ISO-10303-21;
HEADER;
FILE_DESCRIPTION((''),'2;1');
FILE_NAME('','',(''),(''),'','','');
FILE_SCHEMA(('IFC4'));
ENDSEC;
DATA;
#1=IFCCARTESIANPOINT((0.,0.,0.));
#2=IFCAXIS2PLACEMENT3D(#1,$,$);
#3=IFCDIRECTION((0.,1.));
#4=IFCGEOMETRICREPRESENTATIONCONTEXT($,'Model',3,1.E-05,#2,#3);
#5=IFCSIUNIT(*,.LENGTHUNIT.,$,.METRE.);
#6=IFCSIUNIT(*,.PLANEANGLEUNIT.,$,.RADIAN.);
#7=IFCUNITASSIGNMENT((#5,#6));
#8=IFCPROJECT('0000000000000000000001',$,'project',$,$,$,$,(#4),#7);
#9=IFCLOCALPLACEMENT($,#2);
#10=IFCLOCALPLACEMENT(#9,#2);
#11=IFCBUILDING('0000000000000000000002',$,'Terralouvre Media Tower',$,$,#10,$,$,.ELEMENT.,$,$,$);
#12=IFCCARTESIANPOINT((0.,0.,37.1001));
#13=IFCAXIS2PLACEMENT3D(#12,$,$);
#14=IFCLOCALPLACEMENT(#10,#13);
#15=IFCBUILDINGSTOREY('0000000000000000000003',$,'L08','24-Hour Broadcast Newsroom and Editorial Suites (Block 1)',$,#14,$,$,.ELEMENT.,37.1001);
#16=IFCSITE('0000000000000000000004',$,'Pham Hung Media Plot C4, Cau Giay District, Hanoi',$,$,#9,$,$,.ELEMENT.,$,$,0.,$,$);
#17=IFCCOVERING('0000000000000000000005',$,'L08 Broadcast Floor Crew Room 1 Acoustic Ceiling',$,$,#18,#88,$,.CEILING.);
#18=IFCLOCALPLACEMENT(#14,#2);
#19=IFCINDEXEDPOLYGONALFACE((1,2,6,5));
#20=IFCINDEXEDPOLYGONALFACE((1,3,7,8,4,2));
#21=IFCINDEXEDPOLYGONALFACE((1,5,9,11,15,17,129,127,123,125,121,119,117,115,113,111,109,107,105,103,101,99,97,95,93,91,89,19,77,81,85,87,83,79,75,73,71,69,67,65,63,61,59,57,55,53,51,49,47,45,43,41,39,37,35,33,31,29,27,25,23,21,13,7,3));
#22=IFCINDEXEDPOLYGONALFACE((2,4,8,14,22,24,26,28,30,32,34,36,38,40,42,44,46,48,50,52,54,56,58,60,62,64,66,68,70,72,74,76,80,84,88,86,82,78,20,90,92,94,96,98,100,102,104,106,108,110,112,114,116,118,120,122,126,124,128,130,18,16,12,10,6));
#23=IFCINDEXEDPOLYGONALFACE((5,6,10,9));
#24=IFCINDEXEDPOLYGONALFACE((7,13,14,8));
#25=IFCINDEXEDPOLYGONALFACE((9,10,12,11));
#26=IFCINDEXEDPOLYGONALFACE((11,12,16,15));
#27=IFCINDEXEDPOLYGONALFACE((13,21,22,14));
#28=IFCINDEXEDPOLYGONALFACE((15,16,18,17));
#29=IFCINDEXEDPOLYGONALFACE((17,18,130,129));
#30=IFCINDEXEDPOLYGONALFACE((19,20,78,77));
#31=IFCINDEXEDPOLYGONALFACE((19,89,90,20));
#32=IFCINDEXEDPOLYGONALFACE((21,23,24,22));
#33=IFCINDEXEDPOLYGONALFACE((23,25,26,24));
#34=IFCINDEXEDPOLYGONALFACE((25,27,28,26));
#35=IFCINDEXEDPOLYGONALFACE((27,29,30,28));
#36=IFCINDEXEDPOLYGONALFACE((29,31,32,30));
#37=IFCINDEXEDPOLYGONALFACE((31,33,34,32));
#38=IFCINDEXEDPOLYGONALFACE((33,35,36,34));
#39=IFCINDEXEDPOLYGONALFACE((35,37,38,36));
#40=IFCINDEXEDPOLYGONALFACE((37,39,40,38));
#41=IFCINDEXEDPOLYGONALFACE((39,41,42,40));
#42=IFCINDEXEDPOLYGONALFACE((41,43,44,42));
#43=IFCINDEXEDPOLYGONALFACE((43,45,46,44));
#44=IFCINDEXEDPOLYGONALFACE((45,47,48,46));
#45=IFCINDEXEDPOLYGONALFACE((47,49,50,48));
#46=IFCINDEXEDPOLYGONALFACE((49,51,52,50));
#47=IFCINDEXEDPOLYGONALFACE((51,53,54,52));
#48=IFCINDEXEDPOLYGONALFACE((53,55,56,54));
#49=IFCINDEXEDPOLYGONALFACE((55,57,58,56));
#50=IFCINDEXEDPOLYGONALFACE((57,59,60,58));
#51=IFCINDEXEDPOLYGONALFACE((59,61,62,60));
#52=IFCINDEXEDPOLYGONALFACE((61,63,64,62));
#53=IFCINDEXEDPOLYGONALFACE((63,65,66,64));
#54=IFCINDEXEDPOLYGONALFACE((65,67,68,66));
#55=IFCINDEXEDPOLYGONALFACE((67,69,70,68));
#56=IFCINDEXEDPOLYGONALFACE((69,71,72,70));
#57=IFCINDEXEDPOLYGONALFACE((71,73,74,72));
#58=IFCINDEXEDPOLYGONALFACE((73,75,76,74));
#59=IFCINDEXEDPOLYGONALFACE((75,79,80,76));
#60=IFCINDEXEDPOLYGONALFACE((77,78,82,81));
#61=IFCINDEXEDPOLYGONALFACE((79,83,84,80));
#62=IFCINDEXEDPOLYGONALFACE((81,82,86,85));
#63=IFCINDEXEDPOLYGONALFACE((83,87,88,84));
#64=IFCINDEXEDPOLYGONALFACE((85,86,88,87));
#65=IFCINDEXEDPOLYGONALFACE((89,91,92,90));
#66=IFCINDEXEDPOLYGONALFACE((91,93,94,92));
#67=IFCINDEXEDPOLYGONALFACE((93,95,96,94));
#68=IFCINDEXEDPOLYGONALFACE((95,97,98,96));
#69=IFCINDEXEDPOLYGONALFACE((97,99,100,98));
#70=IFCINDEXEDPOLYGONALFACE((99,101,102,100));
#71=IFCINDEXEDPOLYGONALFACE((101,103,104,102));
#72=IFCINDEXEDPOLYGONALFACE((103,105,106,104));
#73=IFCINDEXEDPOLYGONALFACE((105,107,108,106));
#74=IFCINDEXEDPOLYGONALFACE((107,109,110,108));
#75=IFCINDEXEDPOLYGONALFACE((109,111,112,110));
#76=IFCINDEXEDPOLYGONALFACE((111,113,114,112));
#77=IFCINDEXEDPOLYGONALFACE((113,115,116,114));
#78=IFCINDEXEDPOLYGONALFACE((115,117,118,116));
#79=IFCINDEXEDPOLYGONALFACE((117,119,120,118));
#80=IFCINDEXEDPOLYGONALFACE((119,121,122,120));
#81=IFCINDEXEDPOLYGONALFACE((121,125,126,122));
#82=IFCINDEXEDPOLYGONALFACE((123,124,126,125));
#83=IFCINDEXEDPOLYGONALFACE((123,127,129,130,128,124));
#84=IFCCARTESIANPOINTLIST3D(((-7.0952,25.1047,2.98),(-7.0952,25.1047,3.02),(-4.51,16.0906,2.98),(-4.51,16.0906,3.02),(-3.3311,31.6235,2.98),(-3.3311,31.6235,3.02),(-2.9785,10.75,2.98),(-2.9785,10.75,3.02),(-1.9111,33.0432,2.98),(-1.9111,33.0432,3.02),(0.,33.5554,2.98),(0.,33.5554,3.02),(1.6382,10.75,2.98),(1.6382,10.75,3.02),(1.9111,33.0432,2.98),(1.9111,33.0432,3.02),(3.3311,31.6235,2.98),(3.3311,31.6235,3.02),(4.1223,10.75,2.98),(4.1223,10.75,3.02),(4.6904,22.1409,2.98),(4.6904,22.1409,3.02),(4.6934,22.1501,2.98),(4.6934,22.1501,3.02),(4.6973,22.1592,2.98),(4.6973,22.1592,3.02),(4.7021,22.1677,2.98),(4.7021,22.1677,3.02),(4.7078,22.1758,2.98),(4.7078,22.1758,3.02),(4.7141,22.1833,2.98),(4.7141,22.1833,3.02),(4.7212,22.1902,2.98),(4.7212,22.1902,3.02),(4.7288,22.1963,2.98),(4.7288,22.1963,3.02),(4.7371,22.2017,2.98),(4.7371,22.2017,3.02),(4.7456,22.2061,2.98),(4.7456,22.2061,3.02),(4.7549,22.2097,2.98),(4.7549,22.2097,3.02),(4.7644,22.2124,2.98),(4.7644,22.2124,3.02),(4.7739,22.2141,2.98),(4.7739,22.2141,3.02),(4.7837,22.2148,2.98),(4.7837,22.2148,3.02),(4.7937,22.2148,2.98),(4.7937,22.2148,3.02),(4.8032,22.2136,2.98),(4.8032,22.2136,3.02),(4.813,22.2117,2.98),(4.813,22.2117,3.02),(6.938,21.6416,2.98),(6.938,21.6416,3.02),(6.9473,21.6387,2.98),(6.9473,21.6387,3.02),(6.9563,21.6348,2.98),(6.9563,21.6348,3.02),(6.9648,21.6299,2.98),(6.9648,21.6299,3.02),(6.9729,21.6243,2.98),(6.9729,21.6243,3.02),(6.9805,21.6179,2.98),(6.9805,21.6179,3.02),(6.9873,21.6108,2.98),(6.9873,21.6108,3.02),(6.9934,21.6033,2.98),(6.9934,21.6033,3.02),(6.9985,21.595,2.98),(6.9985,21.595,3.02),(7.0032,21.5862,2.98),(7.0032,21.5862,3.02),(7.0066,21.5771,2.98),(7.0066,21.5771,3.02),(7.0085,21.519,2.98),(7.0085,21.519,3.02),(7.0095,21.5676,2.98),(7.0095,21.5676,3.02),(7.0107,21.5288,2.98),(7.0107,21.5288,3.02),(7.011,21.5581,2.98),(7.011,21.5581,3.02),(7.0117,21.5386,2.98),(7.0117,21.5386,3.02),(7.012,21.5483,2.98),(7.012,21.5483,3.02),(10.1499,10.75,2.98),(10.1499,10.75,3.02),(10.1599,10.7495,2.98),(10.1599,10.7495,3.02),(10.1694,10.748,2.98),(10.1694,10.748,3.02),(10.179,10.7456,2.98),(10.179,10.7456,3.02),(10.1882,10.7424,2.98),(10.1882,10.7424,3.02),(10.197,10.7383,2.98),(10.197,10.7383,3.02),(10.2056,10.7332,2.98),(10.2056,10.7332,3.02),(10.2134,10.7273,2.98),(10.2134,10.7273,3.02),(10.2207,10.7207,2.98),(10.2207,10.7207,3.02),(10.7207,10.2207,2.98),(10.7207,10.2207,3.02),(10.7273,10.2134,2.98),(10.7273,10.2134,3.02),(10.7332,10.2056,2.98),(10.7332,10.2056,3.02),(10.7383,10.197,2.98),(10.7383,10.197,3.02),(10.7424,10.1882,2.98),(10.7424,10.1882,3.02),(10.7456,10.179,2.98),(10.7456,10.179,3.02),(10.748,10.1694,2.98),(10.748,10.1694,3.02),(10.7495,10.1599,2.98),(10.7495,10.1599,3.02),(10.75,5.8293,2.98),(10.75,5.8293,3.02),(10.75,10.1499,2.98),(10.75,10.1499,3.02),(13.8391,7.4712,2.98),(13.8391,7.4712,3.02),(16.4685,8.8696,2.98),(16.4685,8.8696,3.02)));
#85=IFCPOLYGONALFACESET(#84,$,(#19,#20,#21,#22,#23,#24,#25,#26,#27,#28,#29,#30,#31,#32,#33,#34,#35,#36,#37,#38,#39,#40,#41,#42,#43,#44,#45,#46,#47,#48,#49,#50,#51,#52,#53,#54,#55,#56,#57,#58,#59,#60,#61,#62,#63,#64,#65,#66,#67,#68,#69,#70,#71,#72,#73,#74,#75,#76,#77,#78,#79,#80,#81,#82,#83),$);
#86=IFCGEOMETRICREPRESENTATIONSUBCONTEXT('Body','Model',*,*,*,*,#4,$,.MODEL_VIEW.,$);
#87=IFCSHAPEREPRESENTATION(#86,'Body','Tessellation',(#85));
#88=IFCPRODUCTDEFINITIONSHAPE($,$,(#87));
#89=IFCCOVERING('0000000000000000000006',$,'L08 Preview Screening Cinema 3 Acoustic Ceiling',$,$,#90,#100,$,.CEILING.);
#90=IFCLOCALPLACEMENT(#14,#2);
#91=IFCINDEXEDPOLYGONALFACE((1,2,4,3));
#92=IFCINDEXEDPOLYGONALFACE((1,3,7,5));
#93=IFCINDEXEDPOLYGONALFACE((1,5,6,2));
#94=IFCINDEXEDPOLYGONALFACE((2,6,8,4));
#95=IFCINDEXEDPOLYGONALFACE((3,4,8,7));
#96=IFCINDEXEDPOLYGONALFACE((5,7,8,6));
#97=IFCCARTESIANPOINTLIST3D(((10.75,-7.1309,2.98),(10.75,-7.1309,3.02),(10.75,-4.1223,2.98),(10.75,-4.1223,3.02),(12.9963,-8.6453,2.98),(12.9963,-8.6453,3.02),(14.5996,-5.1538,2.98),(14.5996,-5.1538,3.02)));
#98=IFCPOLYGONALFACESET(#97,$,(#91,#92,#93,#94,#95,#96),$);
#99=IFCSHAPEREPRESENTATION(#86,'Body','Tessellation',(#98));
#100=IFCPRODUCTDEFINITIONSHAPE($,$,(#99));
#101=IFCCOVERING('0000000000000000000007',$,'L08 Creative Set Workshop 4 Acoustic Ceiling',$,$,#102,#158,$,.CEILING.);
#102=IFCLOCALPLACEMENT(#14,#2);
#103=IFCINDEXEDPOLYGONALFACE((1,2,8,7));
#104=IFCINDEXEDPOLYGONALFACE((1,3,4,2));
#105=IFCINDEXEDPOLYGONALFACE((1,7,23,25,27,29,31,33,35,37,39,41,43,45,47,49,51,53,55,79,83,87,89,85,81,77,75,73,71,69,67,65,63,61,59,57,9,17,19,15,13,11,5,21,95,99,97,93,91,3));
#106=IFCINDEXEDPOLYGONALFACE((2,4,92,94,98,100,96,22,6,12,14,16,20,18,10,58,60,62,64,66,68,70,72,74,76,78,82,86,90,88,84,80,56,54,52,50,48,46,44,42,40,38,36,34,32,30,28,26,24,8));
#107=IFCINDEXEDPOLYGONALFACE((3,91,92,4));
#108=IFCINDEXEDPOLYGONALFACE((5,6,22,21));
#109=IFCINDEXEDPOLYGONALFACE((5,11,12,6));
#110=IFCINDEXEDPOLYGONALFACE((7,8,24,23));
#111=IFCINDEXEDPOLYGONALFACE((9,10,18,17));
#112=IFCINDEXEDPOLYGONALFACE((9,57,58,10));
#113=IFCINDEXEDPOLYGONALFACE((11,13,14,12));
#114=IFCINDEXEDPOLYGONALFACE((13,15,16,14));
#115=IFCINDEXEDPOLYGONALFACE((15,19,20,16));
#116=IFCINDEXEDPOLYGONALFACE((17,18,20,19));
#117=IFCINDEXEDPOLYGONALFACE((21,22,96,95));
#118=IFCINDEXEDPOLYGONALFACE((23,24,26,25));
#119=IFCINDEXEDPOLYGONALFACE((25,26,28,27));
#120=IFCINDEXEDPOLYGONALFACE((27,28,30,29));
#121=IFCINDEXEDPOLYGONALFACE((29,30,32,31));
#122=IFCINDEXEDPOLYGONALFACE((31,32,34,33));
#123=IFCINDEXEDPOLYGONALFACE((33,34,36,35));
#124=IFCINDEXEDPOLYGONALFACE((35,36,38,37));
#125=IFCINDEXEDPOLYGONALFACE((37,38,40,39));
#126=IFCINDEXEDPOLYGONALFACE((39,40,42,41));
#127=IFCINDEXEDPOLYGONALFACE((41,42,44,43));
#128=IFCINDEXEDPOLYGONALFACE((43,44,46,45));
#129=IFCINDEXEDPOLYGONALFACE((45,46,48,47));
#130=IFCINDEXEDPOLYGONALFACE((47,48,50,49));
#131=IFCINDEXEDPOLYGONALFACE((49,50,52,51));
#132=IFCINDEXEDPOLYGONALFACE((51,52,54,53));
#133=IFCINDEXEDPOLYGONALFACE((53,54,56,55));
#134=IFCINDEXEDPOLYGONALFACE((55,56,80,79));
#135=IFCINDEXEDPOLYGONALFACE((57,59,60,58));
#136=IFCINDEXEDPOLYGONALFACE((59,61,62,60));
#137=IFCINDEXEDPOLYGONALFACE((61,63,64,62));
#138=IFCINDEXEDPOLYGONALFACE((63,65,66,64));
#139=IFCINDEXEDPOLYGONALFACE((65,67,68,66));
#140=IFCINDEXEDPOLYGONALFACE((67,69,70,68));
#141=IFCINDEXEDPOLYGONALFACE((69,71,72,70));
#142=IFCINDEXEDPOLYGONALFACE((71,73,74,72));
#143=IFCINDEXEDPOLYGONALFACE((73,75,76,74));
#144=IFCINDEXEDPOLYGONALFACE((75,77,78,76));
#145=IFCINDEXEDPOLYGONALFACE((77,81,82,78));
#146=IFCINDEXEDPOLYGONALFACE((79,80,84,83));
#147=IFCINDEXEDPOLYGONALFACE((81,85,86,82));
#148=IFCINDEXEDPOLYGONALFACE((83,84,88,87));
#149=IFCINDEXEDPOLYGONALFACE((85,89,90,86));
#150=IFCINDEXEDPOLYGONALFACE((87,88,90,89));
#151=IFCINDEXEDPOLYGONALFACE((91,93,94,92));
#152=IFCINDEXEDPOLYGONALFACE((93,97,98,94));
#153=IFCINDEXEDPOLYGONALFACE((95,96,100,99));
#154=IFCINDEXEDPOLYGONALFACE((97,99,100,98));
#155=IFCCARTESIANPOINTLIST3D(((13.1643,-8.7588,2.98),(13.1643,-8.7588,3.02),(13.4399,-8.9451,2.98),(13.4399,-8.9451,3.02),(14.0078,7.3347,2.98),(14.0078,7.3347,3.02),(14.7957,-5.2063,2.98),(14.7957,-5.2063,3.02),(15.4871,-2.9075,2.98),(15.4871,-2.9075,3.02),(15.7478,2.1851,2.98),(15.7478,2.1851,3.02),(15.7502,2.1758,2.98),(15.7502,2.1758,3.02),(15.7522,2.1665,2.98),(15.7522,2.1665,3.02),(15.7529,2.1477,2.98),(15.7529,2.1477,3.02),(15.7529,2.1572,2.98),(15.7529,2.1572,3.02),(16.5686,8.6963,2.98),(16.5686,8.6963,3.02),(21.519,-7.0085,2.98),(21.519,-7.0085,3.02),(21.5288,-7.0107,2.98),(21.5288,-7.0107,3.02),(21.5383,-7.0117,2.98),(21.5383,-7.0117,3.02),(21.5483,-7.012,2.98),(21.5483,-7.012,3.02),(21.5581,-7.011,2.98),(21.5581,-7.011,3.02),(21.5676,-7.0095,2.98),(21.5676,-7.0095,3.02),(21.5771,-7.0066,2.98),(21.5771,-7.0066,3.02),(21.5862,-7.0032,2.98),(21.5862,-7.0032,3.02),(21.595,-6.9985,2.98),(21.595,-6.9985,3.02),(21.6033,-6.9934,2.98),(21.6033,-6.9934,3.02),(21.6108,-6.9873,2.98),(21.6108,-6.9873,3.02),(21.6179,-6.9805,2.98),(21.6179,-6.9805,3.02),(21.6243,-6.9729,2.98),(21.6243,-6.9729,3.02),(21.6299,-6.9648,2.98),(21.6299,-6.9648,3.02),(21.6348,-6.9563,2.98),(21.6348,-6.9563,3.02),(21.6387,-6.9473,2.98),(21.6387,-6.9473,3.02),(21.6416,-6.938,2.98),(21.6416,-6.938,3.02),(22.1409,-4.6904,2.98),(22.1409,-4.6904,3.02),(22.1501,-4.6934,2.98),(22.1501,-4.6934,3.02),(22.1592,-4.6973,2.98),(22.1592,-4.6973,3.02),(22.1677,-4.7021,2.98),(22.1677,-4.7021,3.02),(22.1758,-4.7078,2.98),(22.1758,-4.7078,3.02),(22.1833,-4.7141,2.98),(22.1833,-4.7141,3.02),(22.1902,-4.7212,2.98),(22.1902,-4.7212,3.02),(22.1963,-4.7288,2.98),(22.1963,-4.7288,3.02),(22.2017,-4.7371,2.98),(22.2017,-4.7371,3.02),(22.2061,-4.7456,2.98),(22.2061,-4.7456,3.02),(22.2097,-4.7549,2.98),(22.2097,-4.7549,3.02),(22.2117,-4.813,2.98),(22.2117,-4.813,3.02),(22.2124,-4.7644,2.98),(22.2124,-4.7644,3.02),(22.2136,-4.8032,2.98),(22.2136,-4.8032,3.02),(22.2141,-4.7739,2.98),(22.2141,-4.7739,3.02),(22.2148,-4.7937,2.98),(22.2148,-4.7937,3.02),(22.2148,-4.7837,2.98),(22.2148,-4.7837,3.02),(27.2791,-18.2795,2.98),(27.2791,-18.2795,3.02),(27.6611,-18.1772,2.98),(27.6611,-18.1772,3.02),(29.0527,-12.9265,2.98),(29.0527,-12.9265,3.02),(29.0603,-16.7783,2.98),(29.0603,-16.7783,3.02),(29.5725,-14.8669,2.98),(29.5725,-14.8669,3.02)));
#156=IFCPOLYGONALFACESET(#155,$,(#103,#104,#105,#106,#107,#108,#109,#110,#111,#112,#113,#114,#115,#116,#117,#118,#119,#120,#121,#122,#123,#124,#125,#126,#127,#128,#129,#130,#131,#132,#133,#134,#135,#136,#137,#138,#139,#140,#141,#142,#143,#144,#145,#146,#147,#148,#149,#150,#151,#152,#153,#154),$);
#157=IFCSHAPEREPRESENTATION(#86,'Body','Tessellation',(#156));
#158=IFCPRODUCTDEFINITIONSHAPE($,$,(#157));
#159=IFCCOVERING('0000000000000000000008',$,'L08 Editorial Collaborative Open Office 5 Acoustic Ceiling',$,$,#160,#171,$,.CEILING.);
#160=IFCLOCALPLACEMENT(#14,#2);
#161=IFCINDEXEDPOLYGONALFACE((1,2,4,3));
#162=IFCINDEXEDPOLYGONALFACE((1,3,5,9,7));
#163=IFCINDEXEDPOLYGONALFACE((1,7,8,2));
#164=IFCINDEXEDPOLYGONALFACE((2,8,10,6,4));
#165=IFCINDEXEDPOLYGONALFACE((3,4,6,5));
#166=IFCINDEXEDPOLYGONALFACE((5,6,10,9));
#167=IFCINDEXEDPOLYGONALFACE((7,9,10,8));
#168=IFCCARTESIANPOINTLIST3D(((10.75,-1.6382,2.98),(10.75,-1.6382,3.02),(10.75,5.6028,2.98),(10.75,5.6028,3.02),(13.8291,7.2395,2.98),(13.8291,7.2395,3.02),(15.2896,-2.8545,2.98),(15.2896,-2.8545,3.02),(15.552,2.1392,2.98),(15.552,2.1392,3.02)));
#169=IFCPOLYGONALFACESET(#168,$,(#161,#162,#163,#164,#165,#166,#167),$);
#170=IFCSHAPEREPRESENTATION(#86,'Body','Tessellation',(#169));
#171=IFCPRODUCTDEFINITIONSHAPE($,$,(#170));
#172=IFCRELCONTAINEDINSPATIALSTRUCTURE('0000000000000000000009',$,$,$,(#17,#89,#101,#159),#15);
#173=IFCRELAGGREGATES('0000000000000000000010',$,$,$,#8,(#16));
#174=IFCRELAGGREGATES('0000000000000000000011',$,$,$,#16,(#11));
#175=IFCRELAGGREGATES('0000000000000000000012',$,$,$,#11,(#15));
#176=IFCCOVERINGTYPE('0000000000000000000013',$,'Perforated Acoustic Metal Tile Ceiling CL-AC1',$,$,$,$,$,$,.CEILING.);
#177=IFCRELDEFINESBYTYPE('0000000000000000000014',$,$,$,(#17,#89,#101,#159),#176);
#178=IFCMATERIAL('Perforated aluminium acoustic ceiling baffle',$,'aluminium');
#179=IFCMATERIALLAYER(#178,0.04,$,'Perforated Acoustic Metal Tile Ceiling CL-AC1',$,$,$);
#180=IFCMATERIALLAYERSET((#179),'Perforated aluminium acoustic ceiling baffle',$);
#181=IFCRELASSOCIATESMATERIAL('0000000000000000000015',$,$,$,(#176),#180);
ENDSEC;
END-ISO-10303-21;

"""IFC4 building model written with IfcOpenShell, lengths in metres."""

from ifc_helpers import new_model, si_unit, direction, frame, origin, place, context, subcontext, project, spatial, polyline, outline, extrude, material, layer, layer_set, type_object, element, save


model = new_model("IFC4")

# Units and contexts
model_context = context("Model", 3, precision=1e-05, world=origin(), true_north=direction((0.0, 1.0)))
body_context = subcontext(model_context, "Body", "Model", "MODEL_VIEW")
ifc_project = project(units=[si_unit("LENGTHUNIT", "METRE"), si_unit("PLANEANGLEUNIT", "RADIAN")], contexts=[model_context])

# Site, building, storey
site_placement = place(None, origin())
site = spatial("IfcSite", under=ifc_project, at=site_placement, Name="Pham Hung Media Plot C4, Cau Giay District, Hanoi", CompositionType="ELEMENT", RefElevation=0.0)
building_placement = place(site_placement, origin())
building = spatial("IfcBuilding", under=site, at=building_placement, Name="Terralouvre Media Tower", CompositionType="ELEMENT")
storey_placement = place(building_placement, frame((0.0, 0.0, 37.1001)))
storey = spatial("IfcBuildingStorey", under=building, at=storey_placement, Name="L08", Description="24-Hour Broadcast Newsroom and Editorial Suites (Block 1)", CompositionType="ELEMENT", Elevation=37.1001)

# Coverings
ifc_material_1 = material(Name="Perforated aluminium acoustic ceiling baffle", Category="aluminium")
ifc_layer_1 = layer(ifc_material_1, 0.04, Name="Perforated Acoustic Metal Tile Ceiling CL-AC1")
ifc_layer_set_1 = layer_set([ifc_layer_1], Name="Perforated aluminium acoustic ceiling baffle")
covering_type_1 = type_object("IfcCoveringType", Name="Perforated Acoustic Metal Tile Ceiling CL-AC1", PredefinedType="CEILING", material=ifc_layer_set_1)
covering_1_placement = place(storey_placement, frame((0.0, 0.0, 2.98)))
element("IfcCovering", 1, at=covering_1_placement, inside=storey, type_object=covering_type_1, Name="L08 Broadcast Floor Crew Room 1 Acoustic Ceiling", PredefinedType="CEILING", context=body_context, shape_type="SweptSolid", body=[
    extrude(outline(polyline([(-4.51, 16.0906), (-2.9785, 10.75), (1.6382, 10.75), (4.6904, 22.1409), (4.6934, 22.1501), (4.6973, 22.1592), (4.7021, 22.1677), (4.7078, 22.1758), (4.7141, 22.1833), (4.7212, 22.1902), (4.7288, 22.1963), (4.7371, 22.2017), (4.7456, 22.2061), (4.7549, 22.2097), (4.7644, 22.2124), (4.7739, 22.2141), (4.7837, 22.2148), (4.7937, 22.2148), (4.8032, 22.2136), (4.813, 22.2117), (6.938, 21.6416), (6.9473, 21.6387), (6.9563, 21.6348), (6.9648, 21.6299), (6.9729, 21.6243), (6.9805, 21.6179), (6.9873, 21.6108), (6.9934, 21.6033), (6.9985, 21.595), (7.0032, 21.5862), (7.0066, 21.5771), (7.0095, 21.5676), (7.011, 21.5581), (7.012, 21.5483), (7.0117, 21.5386), (7.0107, 21.5288), (7.0085, 21.519), (4.1223, 10.75), (10.1499, 10.75), (10.1599, 10.7495), (10.1694, 10.748), (10.179, 10.7456), (10.1882, 10.7424), (10.197, 10.7383), (10.2056, 10.7332), (10.2134, 10.7273), (10.2207, 10.7207), (10.7207, 10.2207), (10.7273, 10.2134), (10.7332, 10.2056), (10.7383, 10.197), (10.7424, 10.1882), (10.7456, 10.179), (10.748, 10.1694), (10.7495, 10.1599), (10.75, 10.1499), (10.75, 5.8293), (13.8391, 7.4712), (16.4685, 8.8696), (3.3311, 31.6235), (1.9111, 33.0432), (0.0, 33.5554), (-1.9111, 33.0432), (-3.3311, 31.6235), (-7.0952, 25.1047), (-4.51, 16.0906)])), origin(), (0.0, 0.0, 1.0), 0.04),
])
covering_2_placement = place(storey_placement, frame((0.0, 0.0, 2.98)))
element("IfcCovering", 2, at=covering_2_placement, inside=storey, type_object=covering_type_1, Name="L08 Preview Screening Cinema 3 Acoustic Ceiling", PredefinedType="CEILING", context=body_context, shape_type="SweptSolid", body=[
    extrude(outline(polyline([(14.5996, -5.1538), (10.75, -4.1223), (10.75, -7.1309), (12.9963, -8.6453), (14.5996, -5.1538)])), origin(), (0.0, 0.0, 1.0), 0.04),
])
covering_3_placement = place(storey_placement, frame((0.0, 0.0, 2.98)))
element("IfcCovering", 3, at=covering_3_placement, inside=storey, type_object=covering_type_1, Name="L08 Creative Set Workshop 4 Acoustic Ceiling", PredefinedType="CEILING", context=body_context, shape_type="SweptSolid", body=[
    extrude(outline(polyline([(15.7478, 2.1851), (15.7502, 2.1758), (15.7522, 2.1665), (15.7529, 2.1572), (15.7529, 2.1477), (15.4871, -2.9075), (22.1409, -4.6904), (22.1501, -4.6934), (22.1592, -4.6973), (22.1677, -4.7021), (22.1758, -4.7078), (22.1833, -4.7141), (22.1902, -4.7212), (22.1963, -4.7288), (22.2017, -4.7371), (22.2061, -4.7456), (22.2097, -4.7549), (22.2124, -4.7644), (22.2141, -4.7739), (22.2148, -4.7837), (22.2148, -4.7937), (22.2136, -4.8032), (22.2117, -4.813), (21.6416, -6.938), (21.6387, -6.9473), (21.6348, -6.9563), (21.6299, -6.9648), (21.6243, -6.9729), (21.6179, -6.9805), (21.6108, -6.9873), (21.6033, -6.9934), (21.595, -6.9985), (21.5862, -7.0032), (21.5771, -7.0066), (21.5676, -7.0095), (21.5581, -7.011), (21.5483, -7.012), (21.5383, -7.0117), (21.5288, -7.0107), (21.519, -7.0085), (14.7957, -5.2063), (13.1643, -8.7588), (13.4399, -8.9451), (27.2791, -18.2795), (27.6611, -18.1772), (29.0603, -16.7783), (29.5725, -14.8669), (29.0527, -12.9265), (16.5686, 8.6963), (14.0078, 7.3347), (15.7478, 2.1851)])), origin(), (0.0, 0.0, 1.0), 0.04),
])
covering_4_placement = place(storey_placement, frame((0.0, 0.0, 2.98)))
element("IfcCovering", 4, at=covering_4_placement, inside=storey, type_object=covering_type_1, Name="L08 Editorial Collaborative Open Office 5 Acoustic Ceiling", PredefinedType="CEILING", context=body_context, shape_type="SweptSolid", body=[
    extrude(outline(polyline([(13.8291, 7.2395), (10.75, 5.6028), (10.75, -1.6382), (15.2896, -2.8545), (15.552, 2.1392), (13.8291, 7.2395)])), origin(), (0.0, 0.0, 1.0), 0.04),
])

save(model, "model.ifc")
